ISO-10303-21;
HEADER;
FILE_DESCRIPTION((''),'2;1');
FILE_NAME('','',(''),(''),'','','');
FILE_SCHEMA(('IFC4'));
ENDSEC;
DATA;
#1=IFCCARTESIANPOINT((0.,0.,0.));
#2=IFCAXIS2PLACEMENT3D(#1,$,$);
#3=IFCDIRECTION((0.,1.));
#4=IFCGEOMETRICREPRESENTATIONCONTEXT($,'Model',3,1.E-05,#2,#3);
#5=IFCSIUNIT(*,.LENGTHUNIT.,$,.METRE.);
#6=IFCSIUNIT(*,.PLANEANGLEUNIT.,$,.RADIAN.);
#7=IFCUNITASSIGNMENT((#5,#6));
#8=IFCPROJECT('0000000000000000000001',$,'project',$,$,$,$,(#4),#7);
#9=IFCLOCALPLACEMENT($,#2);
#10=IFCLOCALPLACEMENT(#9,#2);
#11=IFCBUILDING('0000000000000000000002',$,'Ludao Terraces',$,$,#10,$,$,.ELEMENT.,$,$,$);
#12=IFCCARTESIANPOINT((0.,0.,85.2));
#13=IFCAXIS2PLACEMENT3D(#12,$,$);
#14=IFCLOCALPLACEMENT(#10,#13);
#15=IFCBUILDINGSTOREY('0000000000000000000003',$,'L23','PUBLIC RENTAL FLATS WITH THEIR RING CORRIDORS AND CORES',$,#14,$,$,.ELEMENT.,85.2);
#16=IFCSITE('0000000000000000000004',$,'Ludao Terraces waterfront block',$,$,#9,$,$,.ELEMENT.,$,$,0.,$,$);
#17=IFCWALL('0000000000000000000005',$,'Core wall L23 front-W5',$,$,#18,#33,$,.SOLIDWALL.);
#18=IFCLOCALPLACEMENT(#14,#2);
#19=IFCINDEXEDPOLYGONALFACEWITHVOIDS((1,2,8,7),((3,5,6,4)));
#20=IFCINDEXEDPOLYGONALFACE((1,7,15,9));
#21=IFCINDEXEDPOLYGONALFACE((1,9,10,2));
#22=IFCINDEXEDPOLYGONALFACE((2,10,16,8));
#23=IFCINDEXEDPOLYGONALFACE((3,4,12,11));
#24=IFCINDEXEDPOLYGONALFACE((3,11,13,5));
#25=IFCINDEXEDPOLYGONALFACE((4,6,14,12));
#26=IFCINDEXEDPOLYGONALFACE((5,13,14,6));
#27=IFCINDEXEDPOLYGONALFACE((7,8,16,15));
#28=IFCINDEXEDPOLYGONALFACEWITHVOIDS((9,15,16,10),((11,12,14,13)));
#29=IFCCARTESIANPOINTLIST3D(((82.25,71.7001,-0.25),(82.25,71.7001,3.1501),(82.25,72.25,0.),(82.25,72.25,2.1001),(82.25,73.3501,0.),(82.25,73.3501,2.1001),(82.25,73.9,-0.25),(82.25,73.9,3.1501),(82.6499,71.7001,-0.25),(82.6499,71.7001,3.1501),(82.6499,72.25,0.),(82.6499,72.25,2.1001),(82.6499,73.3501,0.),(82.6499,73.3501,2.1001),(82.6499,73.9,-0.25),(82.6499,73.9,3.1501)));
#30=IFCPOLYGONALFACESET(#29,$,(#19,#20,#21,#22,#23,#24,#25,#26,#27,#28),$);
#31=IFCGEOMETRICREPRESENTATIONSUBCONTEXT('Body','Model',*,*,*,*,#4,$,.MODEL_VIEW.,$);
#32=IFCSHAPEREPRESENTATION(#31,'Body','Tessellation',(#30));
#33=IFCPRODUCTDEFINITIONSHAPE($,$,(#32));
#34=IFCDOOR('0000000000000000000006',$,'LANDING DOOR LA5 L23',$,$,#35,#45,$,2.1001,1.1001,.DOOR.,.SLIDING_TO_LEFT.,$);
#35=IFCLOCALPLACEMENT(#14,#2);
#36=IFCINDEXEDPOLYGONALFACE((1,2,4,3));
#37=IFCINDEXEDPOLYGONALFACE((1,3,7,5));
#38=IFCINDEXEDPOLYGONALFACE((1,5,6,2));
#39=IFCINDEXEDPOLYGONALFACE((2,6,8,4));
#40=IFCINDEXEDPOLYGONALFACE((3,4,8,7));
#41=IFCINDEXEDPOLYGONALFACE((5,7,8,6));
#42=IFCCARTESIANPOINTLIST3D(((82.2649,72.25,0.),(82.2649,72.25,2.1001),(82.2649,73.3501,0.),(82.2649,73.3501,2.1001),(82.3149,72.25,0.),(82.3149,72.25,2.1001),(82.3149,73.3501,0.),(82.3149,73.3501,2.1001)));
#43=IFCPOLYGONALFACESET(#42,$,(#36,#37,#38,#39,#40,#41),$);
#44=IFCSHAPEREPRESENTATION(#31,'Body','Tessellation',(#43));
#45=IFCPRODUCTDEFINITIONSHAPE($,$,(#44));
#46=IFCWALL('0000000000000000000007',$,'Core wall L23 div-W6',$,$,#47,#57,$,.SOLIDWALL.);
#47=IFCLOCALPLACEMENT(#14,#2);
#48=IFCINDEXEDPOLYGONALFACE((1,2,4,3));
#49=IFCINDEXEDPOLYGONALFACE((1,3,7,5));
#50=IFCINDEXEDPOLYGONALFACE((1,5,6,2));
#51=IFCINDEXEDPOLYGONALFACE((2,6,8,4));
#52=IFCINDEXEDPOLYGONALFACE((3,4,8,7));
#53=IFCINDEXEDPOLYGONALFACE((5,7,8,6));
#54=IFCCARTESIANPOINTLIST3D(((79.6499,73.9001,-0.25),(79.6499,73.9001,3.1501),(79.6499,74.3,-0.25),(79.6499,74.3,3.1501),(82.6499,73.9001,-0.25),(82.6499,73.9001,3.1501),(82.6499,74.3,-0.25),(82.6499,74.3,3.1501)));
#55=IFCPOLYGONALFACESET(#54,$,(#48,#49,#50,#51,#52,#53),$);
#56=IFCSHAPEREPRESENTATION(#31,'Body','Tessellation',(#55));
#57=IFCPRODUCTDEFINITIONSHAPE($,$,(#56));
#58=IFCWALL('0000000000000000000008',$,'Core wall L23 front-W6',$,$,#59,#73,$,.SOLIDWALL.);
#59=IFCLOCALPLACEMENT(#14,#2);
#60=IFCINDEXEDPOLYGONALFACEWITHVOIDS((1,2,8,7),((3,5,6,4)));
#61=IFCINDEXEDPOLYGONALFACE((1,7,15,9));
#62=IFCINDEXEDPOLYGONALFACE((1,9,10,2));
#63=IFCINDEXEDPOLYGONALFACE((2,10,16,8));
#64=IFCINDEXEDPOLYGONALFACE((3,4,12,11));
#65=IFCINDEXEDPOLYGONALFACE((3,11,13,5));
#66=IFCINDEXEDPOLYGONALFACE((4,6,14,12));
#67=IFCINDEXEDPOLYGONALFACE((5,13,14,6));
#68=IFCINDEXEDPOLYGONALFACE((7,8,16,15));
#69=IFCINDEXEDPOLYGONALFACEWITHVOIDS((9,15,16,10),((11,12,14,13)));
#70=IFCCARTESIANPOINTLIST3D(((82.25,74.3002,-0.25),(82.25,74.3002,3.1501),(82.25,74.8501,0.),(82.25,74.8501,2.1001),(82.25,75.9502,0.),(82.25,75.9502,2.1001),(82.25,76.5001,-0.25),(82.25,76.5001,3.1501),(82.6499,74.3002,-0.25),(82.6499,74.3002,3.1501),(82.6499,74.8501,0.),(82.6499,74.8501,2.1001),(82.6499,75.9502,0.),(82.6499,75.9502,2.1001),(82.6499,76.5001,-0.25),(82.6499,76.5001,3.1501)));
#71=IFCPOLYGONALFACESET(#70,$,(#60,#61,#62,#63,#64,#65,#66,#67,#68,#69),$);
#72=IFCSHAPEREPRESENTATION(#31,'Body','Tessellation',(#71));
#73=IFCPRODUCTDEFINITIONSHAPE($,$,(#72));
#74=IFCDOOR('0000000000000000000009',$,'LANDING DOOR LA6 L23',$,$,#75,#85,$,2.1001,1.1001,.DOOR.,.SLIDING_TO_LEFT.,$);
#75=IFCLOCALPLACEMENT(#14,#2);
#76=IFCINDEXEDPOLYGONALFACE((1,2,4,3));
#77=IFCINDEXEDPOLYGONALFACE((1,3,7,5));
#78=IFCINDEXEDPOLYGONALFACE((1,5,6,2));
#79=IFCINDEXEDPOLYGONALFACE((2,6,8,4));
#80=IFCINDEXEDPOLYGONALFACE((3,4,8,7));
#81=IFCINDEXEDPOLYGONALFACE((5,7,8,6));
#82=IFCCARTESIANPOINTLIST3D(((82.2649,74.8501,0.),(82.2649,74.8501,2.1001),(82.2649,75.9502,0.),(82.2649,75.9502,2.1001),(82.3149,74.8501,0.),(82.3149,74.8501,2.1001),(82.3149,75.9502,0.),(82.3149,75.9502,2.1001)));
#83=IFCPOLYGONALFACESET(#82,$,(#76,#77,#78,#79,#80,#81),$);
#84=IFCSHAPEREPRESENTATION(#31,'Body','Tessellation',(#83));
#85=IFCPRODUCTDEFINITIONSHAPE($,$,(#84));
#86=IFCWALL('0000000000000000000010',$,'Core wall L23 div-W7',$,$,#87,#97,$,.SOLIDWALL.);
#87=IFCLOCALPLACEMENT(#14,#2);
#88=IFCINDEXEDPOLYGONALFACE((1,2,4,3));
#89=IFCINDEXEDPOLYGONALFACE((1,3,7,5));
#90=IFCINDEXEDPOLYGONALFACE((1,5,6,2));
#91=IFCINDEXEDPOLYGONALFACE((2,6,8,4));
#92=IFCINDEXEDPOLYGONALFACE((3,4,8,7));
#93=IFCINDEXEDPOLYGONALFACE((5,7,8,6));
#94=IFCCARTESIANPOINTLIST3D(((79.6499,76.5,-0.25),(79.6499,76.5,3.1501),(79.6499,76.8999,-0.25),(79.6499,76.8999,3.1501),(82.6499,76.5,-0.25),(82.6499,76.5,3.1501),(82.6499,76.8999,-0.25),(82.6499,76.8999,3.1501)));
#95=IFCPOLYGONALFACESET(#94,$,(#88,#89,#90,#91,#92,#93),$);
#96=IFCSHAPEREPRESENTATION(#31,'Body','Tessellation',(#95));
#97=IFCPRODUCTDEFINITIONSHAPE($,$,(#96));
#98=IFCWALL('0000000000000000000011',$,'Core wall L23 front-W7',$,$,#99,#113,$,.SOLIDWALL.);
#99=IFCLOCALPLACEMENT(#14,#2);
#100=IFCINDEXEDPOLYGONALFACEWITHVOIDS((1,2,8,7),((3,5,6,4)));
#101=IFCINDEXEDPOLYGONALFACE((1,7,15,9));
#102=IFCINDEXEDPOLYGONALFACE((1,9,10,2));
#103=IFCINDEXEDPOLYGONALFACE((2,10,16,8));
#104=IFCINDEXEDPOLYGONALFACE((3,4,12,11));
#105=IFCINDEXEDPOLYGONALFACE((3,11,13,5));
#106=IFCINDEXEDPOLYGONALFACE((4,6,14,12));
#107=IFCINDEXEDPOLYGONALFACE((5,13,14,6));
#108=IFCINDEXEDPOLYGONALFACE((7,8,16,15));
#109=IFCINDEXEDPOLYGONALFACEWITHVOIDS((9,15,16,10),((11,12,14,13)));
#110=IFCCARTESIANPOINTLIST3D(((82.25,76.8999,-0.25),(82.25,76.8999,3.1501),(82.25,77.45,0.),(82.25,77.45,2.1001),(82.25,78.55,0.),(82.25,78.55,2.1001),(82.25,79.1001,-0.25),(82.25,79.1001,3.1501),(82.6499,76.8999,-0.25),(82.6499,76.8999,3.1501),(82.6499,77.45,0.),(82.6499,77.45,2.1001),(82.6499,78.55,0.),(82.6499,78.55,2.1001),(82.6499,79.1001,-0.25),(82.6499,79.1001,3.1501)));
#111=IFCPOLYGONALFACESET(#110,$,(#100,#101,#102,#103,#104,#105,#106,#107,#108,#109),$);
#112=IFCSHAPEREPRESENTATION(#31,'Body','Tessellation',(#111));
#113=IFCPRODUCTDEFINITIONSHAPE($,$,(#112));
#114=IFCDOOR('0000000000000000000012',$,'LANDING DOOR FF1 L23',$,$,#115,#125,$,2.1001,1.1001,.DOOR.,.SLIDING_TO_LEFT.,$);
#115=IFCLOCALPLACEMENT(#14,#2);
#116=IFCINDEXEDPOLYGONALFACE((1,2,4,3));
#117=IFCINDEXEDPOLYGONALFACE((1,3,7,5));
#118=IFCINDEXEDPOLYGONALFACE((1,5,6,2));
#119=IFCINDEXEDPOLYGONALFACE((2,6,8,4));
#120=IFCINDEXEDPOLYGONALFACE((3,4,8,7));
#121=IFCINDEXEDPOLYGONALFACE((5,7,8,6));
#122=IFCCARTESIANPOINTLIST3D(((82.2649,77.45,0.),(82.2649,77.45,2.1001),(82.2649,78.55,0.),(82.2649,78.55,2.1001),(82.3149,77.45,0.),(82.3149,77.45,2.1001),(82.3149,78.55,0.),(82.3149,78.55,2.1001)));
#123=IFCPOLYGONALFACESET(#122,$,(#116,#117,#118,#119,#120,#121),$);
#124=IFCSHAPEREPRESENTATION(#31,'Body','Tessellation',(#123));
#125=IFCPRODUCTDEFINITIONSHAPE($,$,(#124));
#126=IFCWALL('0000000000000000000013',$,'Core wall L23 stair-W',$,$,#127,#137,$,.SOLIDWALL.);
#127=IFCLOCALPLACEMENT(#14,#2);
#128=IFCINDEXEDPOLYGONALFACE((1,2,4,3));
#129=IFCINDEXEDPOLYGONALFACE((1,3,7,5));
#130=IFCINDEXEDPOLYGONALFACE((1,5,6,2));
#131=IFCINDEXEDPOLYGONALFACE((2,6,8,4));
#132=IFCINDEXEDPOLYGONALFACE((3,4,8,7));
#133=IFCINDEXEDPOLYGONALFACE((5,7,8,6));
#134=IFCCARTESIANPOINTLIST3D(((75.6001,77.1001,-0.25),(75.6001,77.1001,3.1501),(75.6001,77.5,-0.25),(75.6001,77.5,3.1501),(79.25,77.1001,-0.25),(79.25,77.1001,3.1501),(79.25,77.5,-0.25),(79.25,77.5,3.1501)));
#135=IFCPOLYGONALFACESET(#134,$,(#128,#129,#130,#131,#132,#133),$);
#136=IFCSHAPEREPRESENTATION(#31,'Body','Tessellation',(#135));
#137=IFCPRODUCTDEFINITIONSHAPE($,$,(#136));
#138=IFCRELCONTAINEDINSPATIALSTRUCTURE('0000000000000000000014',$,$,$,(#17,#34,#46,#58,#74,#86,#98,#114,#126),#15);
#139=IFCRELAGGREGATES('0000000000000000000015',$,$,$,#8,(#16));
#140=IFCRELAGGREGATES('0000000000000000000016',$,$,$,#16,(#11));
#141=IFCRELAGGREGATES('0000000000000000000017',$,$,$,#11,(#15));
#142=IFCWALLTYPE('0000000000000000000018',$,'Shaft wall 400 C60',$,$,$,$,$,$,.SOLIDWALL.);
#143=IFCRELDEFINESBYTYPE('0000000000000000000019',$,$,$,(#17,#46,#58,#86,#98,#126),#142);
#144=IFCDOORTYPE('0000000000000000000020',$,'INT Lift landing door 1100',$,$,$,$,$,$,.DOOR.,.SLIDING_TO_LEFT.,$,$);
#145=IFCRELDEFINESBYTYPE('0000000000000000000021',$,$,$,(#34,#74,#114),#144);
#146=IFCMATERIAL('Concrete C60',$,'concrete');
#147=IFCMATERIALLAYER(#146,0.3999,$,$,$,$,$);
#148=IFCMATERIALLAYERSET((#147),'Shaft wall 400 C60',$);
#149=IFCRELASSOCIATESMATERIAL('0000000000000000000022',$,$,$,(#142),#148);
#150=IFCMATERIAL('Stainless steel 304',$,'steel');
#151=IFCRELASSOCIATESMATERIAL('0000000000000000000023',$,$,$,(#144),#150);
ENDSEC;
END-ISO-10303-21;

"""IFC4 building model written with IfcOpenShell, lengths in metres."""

from ifc_helpers import new_model, si_unit, direction, frame, frame_2d, origin, place, context, subcontext, project, spatial, rectangle, extrude, material, layer, layer_set, type_object, element, fill, save


model = new_model("IFC4")

# Units and contexts
model_context = context("Model", 3, precision=1e-05, world=origin(), true_north=direction((0.0, 1.0)))
body_context = subcontext(model_context, "Body", "Model", "MODEL_VIEW")
ifc_project = project(units=[si_unit("LENGTHUNIT", "METRE"), si_unit("PLANEANGLEUNIT", "RADIAN")], contexts=[model_context])

# Site, building, storey
site_placement = place(None, origin())
site = spatial("IfcSite", under=ifc_project, at=site_placement, Name="Ludao Terraces waterfront block", CompositionType="ELEMENT", RefElevation=0.0)
building_placement = place(site_placement, origin())
building = spatial("IfcBuilding", under=site, at=building_placement, Name="Ludao Terraces", CompositionType="ELEMENT")
storey_placement = place(building_placement, frame((0.0, 0.0, 85.2)))
storey = spatial("IfcBuildingStorey", under=building, at=storey_placement, Name="L23", Description="PUBLIC RENTAL FLATS WITH THEIR RING CORRIDORS AND CORES", CompositionType="ELEMENT", Elevation=85.2)

# Shared definitions
ifc_material_1 = material(Name="Concrete C60", Category="concrete")
ifc_layer_1 = layer(ifc_material_1, 0.3999)
ifc_layer_set_1 = layer_set([ifc_layer_1], Name="Shaft wall 400 C60")
wall_type_1 = type_object("IfcWallType", Name="Shaft wall 400 C60", PredefinedType="SOLIDWALL", material=ifc_layer_set_1)

# Shared definitions
ifc_material_2 = material(Name="Stainless steel 304", Category="steel")
door_type_1 = type_object("IfcDoorType", Name="INT Lift landing door 1100", OperationType="SLIDING_TO_LEFT", PredefinedType="DOOR", material=ifc_material_2)

# Wall, opening, door
wall_1_placement = place(storey_placement, frame((82.45, 71.7, -0.25), z_axis=(0.0, 0.0, 1.0), x_axis=(0.0, 1.0, 0.0)))
wall_1 = element("IfcWall", 1, at=wall_1_placement, inside=storey, type_object=wall_type_1, Name="Core wall L23 front-W5", PredefinedType="SOLIDWALL", context=body_context, shape_type="SweptSolid", body=[
    extrude(rectangle(XDim=2.2, YDim=0.3999, at=frame_2d((1.1001, 0.0))), origin(), (0.0, 0.0, 1.0), 3.4001),
])
opening_1_placement = place(wall_1_placement, frame((0.55, 0.0, 0.25)))
opening_1 = element("IfcOpeningElement", 2, at=opening_1_placement, cuts=wall_1, PredefinedType="OPENING", context=body_context, shape_type="SweptSolid", body=[
    extrude(rectangle(XDim=1.1001, YDim=2.1001, at=frame_2d((0.55, 1.05))), frame((0.0, 0.21, 0.0), z_axis=(0.0, -1.0, 0.0), x_axis=(1.0, 0.0, 0.0)), (0.0, 0.0, 1.0), 0.4199),
])
door_1_placement = place(opening_1_placement, origin())
door_1 = element("IfcDoor", 3, at=door_1_placement, inside=storey, type_object=door_type_1, Name="LANDING DOOR LA5 L23", OperationType="SLIDING_TO_LEFT", OverallHeight=2.1001, OverallWidth=1.1001, PredefinedType="DOOR", context=body_context, shape_type="SweptSolid", body=[
    extrude(rectangle(XDim=1.1001, YDim=2.1001, at=frame_2d((0.55, 1.05))), frame((0.0, 0.1851, 0.0), z_axis=(0.0, -1.0, 0.0), x_axis=(1.0, 0.0, 0.0)), (0.0, 0.0, 1.0), 0.05),
])
fill(opening_1, door_1)

# Wall
wall_2_placement = place(storey_placement, frame((79.6499, 74.1001, -0.25), z_axis=(0.0, 0.0, 1.0), x_axis=(1.0, 0.0, 0.0)))
element("IfcWall", 4, at=wall_2_placement, inside=storey, type_object=wall_type_1, Name="Core wall L23 div-W6", PredefinedType="SOLIDWALL", context=body_context, shape_type="SweptSolid", body=[
    extrude(rectangle(XDim=3.0, YDim=0.3999, at=frame_2d((1.5, 0.0))), origin(), (0.0, 0.0, 1.0), 3.4001),
])

# Wall, opening, door
wall_3_placement = place(storey_placement, frame((82.45, 74.3, -0.25), z_axis=(0.0, 0.0, 1.0), x_axis=(0.0, 1.0, 0.0)))
wall_3 = element("IfcWall", 5, at=wall_3_placement, inside=storey, type_object=wall_type_1, Name="Core wall L23 front-W6", PredefinedType="SOLIDWALL", context=body_context, shape_type="SweptSolid", body=[
    extrude(rectangle(XDim=2.2, YDim=0.3999, at=frame_2d((1.1001, 0.0))), origin(), (0.0, 0.0, 1.0), 3.4001),
])
opening_2_placement = place(wall_3_placement, frame((0.55, 0.0, 0.25)))
opening_2 = element("IfcOpeningElement", 6, at=opening_2_placement, cuts=wall_3, PredefinedType="OPENING", context=body_context, shape_type="SweptSolid", body=[
    extrude(rectangle(XDim=1.1001, YDim=2.1001, at=frame_2d((0.55, 1.05))), frame((0.0, 0.21, 0.0), z_axis=(0.0, -1.0, 0.0), x_axis=(1.0, 0.0, 0.0)), (0.0, 0.0, 1.0), 0.4199),
])
door_2_placement = place(opening_2_placement, origin())
door_2 = element("IfcDoor", 7, at=door_2_placement, inside=storey, type_object=door_type_1, Name="LANDING DOOR LA6 L23", OperationType="SLIDING_TO_LEFT", OverallHeight=2.1001, OverallWidth=1.1001, PredefinedType="DOOR", context=body_context, shape_type="SweptSolid", body=[
    extrude(rectangle(XDim=1.1001, YDim=2.1001, at=frame_2d((0.55, 1.05))), frame((0.0, 0.1851, 0.0), z_axis=(0.0, -1.0, 0.0), x_axis=(1.0, 0.0, 0.0)), (0.0, 0.0, 1.0), 0.05),
])
fill(opening_2, door_2)

# Wall
wall_4_placement = place(storey_placement, frame((79.6499, 76.7, -0.25), z_axis=(0.0, 0.0, 1.0), x_axis=(1.0, 0.0, 0.0)))
element("IfcWall", 8, at=wall_4_placement, inside=storey, type_object=wall_type_1, Name="Core wall L23 div-W7", PredefinedType="SOLIDWALL", context=body_context, shape_type="SweptSolid", body=[
    extrude(rectangle(XDim=3.0, YDim=0.3999, at=frame_2d((1.5, 0.0))), origin(), (0.0, 0.0, 1.0), 3.4001),
])

# Wall, opening, door
wall_5_placement = place(storey_placement, frame((82.45, 76.8999, -0.25), z_axis=(0.0, 0.0, 1.0), x_axis=(0.0, 1.0, 0.0)))
wall_5 = element("IfcWall", 9, at=wall_5_placement, inside=storey, type_object=wall_type_1, Name="Core wall L23 front-W7", PredefinedType="SOLIDWALL", context=body_context, shape_type="SweptSolid", body=[
    extrude(rectangle(XDim=2.2002, YDim=0.3999, at=frame_2d((1.1001, 0.0))), origin(), (0.0, 0.0, 1.0), 3.4001),
])
opening_3_placement = place(wall_5_placement, frame((0.55, 0.0, 0.25)))
opening_3 = element("IfcOpeningElement", 10, at=opening_3_placement, cuts=wall_5, PredefinedType="OPENING", context=body_context, shape_type="SweptSolid", body=[
    extrude(rectangle(XDim=1.1001, YDim=2.1001, at=frame_2d((0.55, 1.05))), frame((0.0, 0.21, 0.0), z_axis=(0.0, -1.0, 0.0), x_axis=(1.0, 0.0, 0.0)), (0.0, 0.0, 1.0), 0.4199),
])
door_3_placement = place(opening_3_placement, origin())
door_3 = element("IfcDoor", 11, at=door_3_placement, inside=storey, type_object=door_type_1, Name="LANDING DOOR FF1 L23", OperationType="SLIDING_TO_LEFT", OverallHeight=2.1001, OverallWidth=1.1001, PredefinedType="DOOR", context=body_context, shape_type="SweptSolid", body=[
    extrude(rectangle(XDim=1.1001, YDim=2.1001, at=frame_2d((0.55, 1.05))), frame((0.0, 0.1851, 0.0), z_axis=(0.0, -1.0, 0.0), x_axis=(1.0, 0.0, 0.0)), (0.0, 0.0, 1.0), 0.05),
])
fill(opening_3, door_3)

# Wall
wall_6_placement = place(storey_placement, frame((75.6001, 77.3, -0.25), z_axis=(0.0, 0.0, 1.0), x_axis=(1.0, 0.0, 0.0)))
element("IfcWall", 12, at=wall_6_placement, inside=storey, type_object=wall_type_1, Name="Core wall L23 stair-W", PredefinedType="SOLIDWALL", context=body_context, shape_type="SweptSolid", body=[
    extrude(rectangle(XDim=3.6499, YDim=0.3999, at=frame_2d((1.825, 0.0))), origin(), (0.0, 0.0, 1.0), 3.4001),
])

save(model, "model.ifc")
